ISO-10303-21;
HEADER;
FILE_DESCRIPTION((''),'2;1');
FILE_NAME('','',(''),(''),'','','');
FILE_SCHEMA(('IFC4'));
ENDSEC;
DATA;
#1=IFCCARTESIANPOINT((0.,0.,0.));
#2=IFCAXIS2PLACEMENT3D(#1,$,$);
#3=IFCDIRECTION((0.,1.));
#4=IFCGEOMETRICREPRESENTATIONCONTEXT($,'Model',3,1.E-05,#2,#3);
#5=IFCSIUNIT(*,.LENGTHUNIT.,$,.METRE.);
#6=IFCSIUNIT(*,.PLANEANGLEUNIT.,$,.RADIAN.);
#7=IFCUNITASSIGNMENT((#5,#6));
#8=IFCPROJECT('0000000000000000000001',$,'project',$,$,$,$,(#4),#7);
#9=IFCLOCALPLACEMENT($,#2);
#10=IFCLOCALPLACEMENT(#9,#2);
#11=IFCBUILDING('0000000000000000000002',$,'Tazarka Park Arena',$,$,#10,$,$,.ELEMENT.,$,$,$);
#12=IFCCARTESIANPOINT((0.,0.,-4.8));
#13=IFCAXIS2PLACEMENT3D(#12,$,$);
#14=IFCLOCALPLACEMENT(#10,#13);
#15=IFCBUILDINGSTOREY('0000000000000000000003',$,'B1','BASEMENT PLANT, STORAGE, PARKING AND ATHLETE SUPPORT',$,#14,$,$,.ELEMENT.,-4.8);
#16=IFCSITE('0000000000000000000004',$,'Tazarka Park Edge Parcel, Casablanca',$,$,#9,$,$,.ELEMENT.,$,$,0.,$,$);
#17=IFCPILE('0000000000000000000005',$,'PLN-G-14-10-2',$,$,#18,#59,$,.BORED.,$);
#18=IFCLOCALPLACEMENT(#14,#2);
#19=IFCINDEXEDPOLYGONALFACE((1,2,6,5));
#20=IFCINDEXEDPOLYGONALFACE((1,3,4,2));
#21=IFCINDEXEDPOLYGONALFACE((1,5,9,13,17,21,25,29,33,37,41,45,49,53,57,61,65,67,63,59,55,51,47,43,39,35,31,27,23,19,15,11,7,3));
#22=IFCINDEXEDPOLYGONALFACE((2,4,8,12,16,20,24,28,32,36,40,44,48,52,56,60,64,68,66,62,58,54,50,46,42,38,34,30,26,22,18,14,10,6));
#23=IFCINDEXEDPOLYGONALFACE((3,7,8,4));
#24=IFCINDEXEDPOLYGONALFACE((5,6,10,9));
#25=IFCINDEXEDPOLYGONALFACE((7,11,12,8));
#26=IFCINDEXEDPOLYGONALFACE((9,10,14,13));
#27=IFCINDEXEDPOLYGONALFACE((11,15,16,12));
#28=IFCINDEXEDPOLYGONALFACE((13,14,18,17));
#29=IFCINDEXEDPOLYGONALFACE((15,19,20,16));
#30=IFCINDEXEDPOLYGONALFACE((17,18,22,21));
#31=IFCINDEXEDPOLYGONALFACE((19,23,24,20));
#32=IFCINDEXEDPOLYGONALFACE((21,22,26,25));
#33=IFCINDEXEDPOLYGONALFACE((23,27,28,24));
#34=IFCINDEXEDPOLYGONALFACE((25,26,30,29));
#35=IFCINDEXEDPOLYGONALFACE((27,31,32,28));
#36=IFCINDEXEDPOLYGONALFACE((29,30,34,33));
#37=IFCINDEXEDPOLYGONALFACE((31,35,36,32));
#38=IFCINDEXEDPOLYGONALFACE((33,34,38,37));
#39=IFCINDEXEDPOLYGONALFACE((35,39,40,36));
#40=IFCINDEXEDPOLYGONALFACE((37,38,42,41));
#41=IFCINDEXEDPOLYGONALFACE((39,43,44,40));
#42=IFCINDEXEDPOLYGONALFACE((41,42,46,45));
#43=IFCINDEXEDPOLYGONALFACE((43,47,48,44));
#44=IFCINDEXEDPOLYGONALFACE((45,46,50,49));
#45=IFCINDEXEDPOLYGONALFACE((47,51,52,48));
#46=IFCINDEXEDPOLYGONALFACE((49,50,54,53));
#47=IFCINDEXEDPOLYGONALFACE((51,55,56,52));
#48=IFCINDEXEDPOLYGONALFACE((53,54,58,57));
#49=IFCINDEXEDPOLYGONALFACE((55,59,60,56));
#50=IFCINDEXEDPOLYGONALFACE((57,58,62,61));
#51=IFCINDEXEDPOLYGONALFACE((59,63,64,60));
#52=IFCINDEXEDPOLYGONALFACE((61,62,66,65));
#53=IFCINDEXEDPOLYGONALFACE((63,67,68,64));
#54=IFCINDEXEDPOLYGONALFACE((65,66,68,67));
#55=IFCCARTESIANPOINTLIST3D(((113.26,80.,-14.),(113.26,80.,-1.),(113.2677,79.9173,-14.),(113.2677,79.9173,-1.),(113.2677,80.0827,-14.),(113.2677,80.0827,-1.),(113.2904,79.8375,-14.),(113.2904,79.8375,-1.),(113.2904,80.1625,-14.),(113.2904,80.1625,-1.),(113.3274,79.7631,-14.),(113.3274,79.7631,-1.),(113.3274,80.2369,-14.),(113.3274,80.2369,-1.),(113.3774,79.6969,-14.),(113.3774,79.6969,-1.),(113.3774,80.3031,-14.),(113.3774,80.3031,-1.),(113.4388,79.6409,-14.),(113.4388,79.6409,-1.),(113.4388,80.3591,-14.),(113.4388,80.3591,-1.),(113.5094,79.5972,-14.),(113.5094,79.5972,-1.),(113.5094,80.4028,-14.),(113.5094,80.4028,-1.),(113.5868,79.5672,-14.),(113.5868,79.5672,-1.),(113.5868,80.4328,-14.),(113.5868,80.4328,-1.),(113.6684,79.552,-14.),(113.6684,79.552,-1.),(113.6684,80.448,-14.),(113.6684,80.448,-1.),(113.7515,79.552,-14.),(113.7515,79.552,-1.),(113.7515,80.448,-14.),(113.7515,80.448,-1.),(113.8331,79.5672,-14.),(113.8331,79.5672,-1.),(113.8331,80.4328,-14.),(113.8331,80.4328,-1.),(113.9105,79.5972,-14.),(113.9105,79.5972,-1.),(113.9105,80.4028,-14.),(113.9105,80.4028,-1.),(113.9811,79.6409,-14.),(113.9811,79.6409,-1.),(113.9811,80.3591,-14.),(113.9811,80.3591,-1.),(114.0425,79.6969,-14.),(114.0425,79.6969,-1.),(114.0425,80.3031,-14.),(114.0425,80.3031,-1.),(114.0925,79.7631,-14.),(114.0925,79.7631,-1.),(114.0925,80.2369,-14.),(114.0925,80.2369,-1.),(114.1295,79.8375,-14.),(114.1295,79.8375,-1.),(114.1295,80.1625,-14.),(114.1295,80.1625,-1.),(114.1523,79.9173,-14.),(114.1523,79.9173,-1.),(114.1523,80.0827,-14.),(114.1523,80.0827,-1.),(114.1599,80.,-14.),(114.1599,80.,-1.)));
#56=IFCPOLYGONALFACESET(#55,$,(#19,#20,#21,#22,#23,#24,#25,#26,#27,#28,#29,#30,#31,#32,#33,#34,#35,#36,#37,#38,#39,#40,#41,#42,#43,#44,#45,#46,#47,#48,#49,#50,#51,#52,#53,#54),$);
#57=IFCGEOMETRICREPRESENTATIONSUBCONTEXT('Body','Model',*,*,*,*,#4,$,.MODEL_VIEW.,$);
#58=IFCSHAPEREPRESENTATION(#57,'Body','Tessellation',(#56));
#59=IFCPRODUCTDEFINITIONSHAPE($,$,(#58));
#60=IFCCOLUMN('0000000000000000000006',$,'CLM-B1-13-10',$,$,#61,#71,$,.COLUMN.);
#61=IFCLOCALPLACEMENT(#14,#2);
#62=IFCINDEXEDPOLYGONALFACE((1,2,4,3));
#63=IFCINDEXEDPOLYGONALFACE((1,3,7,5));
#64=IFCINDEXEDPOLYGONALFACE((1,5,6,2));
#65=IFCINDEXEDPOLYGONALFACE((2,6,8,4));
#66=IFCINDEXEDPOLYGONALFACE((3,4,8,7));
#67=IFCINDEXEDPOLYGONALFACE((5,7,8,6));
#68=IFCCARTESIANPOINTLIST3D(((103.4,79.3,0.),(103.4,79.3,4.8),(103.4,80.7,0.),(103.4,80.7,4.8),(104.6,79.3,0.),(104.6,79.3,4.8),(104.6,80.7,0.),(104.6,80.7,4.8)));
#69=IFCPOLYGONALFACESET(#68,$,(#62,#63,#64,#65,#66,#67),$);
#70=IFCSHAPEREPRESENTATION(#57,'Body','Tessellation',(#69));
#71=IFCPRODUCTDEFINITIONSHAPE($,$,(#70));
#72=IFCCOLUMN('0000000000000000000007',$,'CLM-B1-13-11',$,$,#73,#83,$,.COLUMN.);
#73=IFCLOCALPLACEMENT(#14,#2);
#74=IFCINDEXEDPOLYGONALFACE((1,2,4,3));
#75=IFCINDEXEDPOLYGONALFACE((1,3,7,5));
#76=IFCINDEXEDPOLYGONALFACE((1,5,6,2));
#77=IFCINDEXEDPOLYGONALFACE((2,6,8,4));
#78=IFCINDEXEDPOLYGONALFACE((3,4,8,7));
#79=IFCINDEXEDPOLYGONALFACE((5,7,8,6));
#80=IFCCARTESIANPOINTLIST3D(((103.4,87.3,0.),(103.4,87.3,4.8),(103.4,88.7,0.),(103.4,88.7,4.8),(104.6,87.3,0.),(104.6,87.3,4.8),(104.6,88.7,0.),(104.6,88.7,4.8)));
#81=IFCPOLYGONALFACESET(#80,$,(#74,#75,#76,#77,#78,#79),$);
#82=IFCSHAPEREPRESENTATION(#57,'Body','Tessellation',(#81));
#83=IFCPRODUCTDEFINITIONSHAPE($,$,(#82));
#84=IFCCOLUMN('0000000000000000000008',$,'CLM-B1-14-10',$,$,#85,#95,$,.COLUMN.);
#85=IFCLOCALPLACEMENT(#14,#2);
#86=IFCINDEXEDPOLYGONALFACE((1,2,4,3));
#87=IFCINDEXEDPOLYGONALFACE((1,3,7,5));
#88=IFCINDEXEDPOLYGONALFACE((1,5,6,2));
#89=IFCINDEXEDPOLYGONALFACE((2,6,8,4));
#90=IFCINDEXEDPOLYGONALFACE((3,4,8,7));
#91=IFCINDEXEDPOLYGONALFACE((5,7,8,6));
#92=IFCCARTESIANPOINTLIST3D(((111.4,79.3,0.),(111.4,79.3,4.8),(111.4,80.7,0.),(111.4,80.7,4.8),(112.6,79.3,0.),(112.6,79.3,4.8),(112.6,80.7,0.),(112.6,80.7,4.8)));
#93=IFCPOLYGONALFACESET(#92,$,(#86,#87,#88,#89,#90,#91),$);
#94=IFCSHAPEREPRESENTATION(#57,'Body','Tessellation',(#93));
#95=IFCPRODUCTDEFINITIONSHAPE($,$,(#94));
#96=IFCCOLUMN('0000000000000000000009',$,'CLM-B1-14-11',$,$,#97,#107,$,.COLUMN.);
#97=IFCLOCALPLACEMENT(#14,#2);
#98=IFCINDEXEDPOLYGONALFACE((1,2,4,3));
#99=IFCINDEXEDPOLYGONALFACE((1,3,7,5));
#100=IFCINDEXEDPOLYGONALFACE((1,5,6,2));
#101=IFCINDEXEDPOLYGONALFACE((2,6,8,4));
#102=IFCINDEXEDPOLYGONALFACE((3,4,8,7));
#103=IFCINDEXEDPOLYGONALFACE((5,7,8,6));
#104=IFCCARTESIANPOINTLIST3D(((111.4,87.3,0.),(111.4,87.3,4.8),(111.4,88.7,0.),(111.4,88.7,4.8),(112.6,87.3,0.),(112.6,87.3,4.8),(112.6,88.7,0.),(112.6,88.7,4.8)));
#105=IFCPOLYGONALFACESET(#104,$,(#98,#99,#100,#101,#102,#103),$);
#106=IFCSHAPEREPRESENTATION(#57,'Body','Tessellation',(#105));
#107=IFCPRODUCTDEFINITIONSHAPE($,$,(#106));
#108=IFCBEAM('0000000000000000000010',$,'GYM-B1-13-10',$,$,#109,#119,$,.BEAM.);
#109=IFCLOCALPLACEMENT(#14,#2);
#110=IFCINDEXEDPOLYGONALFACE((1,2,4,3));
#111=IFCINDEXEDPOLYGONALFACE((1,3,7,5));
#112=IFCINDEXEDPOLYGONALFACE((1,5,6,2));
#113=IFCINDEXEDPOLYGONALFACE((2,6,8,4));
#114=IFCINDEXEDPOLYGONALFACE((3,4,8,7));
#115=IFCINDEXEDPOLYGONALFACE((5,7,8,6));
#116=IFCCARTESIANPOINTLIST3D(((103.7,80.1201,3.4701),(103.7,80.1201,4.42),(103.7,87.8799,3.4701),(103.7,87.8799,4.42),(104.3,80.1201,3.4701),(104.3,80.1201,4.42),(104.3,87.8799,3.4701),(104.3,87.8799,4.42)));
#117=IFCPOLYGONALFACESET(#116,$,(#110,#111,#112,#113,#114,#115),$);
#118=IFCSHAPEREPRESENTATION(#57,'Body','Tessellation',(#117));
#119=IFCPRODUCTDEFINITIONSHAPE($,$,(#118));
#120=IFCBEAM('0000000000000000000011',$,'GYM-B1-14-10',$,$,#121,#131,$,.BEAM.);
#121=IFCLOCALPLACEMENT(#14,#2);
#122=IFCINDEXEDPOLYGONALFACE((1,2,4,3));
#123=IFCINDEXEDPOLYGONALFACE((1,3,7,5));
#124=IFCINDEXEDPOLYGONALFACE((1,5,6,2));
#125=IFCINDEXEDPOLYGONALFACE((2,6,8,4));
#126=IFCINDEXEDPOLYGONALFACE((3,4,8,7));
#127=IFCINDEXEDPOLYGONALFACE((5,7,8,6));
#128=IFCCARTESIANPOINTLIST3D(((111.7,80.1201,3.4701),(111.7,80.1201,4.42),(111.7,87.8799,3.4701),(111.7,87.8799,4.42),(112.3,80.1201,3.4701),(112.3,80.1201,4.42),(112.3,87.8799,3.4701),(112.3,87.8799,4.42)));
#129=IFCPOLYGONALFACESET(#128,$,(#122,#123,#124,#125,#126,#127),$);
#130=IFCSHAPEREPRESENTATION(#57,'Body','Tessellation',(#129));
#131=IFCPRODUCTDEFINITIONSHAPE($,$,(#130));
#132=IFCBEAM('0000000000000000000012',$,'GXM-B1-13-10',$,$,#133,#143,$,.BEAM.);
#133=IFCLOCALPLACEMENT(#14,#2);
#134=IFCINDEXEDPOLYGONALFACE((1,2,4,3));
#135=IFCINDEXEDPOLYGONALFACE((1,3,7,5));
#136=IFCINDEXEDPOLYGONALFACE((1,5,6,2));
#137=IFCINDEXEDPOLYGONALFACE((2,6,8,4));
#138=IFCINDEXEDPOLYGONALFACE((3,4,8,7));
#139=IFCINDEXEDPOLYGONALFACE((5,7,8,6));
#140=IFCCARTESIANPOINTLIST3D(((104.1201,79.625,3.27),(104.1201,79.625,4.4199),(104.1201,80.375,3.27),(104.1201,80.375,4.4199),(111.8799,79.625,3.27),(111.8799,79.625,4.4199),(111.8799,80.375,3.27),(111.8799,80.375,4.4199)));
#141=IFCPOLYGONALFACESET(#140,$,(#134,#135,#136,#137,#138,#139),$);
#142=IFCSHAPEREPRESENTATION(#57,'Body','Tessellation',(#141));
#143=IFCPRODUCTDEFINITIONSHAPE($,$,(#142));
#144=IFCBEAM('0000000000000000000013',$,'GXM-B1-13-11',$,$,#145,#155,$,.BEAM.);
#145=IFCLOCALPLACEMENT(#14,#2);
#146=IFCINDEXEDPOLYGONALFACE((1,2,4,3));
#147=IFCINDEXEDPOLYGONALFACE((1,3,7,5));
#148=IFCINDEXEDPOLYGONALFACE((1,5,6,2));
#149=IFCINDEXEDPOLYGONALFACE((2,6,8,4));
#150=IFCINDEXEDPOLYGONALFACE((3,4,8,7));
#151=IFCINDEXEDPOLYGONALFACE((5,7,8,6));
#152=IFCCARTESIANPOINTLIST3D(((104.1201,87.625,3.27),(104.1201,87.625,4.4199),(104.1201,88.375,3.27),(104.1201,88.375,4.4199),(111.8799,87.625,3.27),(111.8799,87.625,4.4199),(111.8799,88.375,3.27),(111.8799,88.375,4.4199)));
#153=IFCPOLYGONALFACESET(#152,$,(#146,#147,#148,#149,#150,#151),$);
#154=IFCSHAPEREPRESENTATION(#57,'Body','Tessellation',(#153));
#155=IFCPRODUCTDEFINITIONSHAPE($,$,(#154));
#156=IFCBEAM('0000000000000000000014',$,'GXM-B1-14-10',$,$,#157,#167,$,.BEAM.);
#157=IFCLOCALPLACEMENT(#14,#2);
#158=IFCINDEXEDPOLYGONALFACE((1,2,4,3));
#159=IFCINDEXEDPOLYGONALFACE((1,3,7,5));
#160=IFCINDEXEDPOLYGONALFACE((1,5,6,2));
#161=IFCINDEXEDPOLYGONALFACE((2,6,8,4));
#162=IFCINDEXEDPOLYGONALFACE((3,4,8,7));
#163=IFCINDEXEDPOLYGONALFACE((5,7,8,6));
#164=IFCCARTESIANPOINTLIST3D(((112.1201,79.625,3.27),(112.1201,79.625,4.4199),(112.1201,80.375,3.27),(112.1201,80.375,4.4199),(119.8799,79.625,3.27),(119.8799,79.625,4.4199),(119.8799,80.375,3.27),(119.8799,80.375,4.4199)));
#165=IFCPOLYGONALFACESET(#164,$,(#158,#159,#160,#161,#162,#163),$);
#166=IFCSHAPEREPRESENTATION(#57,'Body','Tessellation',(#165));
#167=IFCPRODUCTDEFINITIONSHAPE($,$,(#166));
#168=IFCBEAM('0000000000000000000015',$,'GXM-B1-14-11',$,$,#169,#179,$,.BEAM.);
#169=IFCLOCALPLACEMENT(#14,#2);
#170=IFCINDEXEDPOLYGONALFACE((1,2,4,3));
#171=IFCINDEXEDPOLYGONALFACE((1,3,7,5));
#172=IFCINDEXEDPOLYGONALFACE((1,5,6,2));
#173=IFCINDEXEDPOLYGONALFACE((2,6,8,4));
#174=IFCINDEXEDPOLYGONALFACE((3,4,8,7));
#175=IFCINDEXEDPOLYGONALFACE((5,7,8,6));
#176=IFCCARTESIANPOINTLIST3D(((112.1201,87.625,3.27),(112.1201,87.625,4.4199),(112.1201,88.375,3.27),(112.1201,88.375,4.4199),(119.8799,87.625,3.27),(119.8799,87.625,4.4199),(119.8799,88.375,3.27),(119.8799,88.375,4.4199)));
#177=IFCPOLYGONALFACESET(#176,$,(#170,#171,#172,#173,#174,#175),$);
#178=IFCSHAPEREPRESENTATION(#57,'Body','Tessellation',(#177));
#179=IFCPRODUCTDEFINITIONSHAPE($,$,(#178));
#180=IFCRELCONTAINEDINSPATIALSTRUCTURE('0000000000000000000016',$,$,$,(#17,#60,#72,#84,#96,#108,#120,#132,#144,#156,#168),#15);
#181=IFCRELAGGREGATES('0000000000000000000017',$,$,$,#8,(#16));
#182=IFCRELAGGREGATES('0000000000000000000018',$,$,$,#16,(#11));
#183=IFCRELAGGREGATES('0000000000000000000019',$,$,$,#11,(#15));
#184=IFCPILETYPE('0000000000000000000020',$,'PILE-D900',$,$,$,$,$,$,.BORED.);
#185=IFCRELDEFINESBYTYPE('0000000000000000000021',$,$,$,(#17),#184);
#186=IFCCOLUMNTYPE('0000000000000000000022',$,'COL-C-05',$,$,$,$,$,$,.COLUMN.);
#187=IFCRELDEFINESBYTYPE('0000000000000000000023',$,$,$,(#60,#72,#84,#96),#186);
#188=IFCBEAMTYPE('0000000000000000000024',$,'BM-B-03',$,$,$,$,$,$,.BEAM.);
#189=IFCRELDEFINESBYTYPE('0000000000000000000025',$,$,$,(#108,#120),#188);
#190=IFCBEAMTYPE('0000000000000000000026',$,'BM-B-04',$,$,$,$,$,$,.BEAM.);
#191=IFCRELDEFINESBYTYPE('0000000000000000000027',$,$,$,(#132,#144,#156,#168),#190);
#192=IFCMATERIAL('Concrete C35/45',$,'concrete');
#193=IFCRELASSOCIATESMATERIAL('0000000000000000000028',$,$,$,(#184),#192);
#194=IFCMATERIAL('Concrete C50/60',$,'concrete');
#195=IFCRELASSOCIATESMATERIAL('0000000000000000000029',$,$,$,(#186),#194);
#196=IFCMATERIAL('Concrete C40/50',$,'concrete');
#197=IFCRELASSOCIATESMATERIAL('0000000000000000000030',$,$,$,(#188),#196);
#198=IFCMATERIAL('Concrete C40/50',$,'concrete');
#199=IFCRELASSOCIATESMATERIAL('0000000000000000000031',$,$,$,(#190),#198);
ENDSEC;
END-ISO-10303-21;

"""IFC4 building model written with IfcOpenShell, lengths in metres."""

from ifc_helpers import new_model, si_unit, direction, frame, origin, origin_2d, place, context, subcontext, project, spatial, rectangle, circle, extrude, material, material_profile, profile_set, type_object, element, save


model = new_model("IFC4")

# Units and contexts
model_context = context("Model", 3, precision=1e-05, world=origin(), true_north=direction((0.0, 1.0)))
body_context = subcontext(model_context, "Body", "Model", "MODEL_VIEW")
ifc_project = project(units=[si_unit("LENGTHUNIT", "METRE"), si_unit("PLANEANGLEUNIT", "RADIAN")], contexts=[model_context])

# Site, building, storey
site_placement = place(None, origin())
site = spatial("IfcSite", under=ifc_project, at=site_placement, Name="Tazarka Park Edge Parcel, Casablanca", CompositionType="ELEMENT", RefElevation=0.0)
building_placement = place(site_placement, origin())
building = spatial("IfcBuilding", under=site, at=building_placement, Name="Tazarka Park Arena", CompositionType="ELEMENT")
storey_placement = place(building_placement, frame((0.0, 0.0, -4.8)))
storey = spatial("IfcBuildingStorey", under=building, at=storey_placement, Name="B1", Description="BASEMENT PLANT, STORAGE, PARKING AND ATHLETE SUPPORT", CompositionType="ELEMENT", Elevation=-4.8)

# Pile
ifc_material_1 = material(Name="Concrete C35/45", Category="concrete")
ifc_material_profile_1 = material_profile(ifc_material_1, circle(Radius=0.45, at=origin_2d()), Name="Concrete C35/45")
ifc_profile_set_1 = profile_set([ifc_material_profile_1], Name="Concrete C35/45")
pile_type_1 = type_object("IfcPileType", Name="PILE-D900", PredefinedType="BORED", material=ifc_profile_set_1)
for number, where, z_axis, x_axis, name in (
    (1, (113.71, 80.0, -1.0), (0.0, 0.0, -1.0), (1.0, 0.0, 0.0), "PLN-G-14-10-2"),
):
    element("IfcPile", number, at=place(storey_placement, frame(where, z_axis=z_axis, x_axis=x_axis)), inside=storey, type_object=pile_type_1, Name=name, PredefinedType="BORED", context=body_context, shape_type="SweptSolid", body=[
        extrude(circle(Radius=0.45, at=origin_2d()), origin(), (0.0, 0.0, 1.0), 13.0),
    ])

# Columns
ifc_material_2 = material(Name="Concrete C50/60", Category="concrete")
ifc_material_profile_2 = material_profile(ifc_material_2, rectangle(XDim=1.2, YDim=1.3999, at=origin_2d()), Name="Concrete C50/60")
ifc_profile_set_2 = profile_set([ifc_material_profile_2], Name="Concrete C50/60")
column_type = type_object("IfcColumnType", Name="COL-C-05", PredefinedType="COLUMN", material=ifc_profile_set_2)
for number, where, z_axis, x_axis, name in (
    (2, (104.0, 80.0, 0.0), (0.0, 0.0, 1.0), (1.0, 0.0, 0.0), "CLM-B1-13-10"),
    (3, (104.0, 88.0, 0.0), (0.0, 0.0, 1.0), (1.0, 0.0, 0.0), "CLM-B1-13-11"),
    (4, (112.0, 80.0, 0.0), (0.0, 0.0, 1.0), (1.0, 0.0, 0.0), "CLM-B1-14-10"),
    (5, (112.0, 88.0, 0.0), (0.0, 0.0, 1.0), (1.0, 0.0, 0.0), "CLM-B1-14-11"),
):
    element("IfcColumn", number, at=place(storey_placement, frame(where, z_axis=z_axis, x_axis=x_axis)), inside=storey, type_object=column_type, Name=name, PredefinedType="COLUMN", context=body_context, shape_type="SweptSolid", body=[
        extrude(rectangle(XDim=1.2, YDim=1.3999, at=origin_2d()), origin(), (0.0, 0.0, 1.0), 4.8),
    ])

# Beams
ifc_material_3 = material(Name="Concrete C40/50", Category="concrete")
ifc_material_profile_3 = material_profile(ifc_material_3, rectangle(XDim=0.6001, YDim=0.95, at=origin_2d()), Name="Concrete C40/50")
ifc_profile_set_3 = profile_set([ifc_material_profile_3], Name="Concrete C40/50")
beam_type_1 = type_object("IfcBeamType", Name="BM-B-03", PredefinedType="BEAM", material=ifc_profile_set_3)
for number, where, z_axis, x_axis, name in (
    (6, (104.0, 80.1201, 3.9451), (0.0, 1.0, 0.0), (-1.0, 0.0, 0.0), "GYM-B1-13-10"),
    (7, (112.0, 80.1201, 3.9451), (0.0, 1.0, 0.0), (-1.0, 0.0, 0.0), "GYM-B1-14-10"),
):
    element("IfcBeam", number, at=place(storey_placement, frame(where, z_axis=z_axis, x_axis=x_axis)), inside=storey, type_object=beam_type_1, Name=name, PredefinedType="BEAM", context=body_context, shape_type="SweptSolid", body=[
        extrude(rectangle(XDim=0.6001, YDim=0.95, at=origin_2d()), origin(), (0.0, 0.0, 1.0), 7.7598),
    ])
ifc_material_4 = material(Name="Concrete C40/50", Category="concrete")
ifc_material_profile_4 = material_profile(ifc_material_4, rectangle(XDim=0.75, YDim=1.1499, at=origin_2d()), Name="Concrete C40/50")
ifc_profile_set_4 = profile_set([ifc_material_profile_4], Name="Concrete C40/50")
beam_type_2 = type_object("IfcBeamType", Name="BM-B-04", PredefinedType="BEAM", material=ifc_profile_set_4)
for number, where, z_axis, x_axis, name in (
    (8, (104.1201, 80.0, 3.845), (1.0, 0.0, 0.0), (0.0, 1.0, 0.0), "GXM-B1-13-10"),
    (9, (104.1201, 88.0, 3.845), (1.0, 0.0, 0.0), (0.0, 1.0, 0.0), "GXM-B1-13-11"),
    (10, (112.1201, 80.0, 3.845), (1.0, 0.0, 0.0), (0.0, 1.0, 0.0), "GXM-B1-14-10"),
    (11, (112.1201, 88.0, 3.845), (1.0, 0.0, 0.0), (0.0, 1.0, 0.0), "GXM-B1-14-11"),
):
    element("IfcBeam", number, at=place(storey_placement, frame(where, z_axis=z_axis, x_axis=x_axis)), inside=storey, type_object=beam_type_2, Name=name, PredefinedType="BEAM", context=body_context, shape_type="SweptSolid", body=[
        extrude(rectangle(XDim=0.75, YDim=1.1499, at=origin_2d()), origin(), (0.0, 0.0, 1.0), 7.7598),
    ])

save(model, "model.ifc")
